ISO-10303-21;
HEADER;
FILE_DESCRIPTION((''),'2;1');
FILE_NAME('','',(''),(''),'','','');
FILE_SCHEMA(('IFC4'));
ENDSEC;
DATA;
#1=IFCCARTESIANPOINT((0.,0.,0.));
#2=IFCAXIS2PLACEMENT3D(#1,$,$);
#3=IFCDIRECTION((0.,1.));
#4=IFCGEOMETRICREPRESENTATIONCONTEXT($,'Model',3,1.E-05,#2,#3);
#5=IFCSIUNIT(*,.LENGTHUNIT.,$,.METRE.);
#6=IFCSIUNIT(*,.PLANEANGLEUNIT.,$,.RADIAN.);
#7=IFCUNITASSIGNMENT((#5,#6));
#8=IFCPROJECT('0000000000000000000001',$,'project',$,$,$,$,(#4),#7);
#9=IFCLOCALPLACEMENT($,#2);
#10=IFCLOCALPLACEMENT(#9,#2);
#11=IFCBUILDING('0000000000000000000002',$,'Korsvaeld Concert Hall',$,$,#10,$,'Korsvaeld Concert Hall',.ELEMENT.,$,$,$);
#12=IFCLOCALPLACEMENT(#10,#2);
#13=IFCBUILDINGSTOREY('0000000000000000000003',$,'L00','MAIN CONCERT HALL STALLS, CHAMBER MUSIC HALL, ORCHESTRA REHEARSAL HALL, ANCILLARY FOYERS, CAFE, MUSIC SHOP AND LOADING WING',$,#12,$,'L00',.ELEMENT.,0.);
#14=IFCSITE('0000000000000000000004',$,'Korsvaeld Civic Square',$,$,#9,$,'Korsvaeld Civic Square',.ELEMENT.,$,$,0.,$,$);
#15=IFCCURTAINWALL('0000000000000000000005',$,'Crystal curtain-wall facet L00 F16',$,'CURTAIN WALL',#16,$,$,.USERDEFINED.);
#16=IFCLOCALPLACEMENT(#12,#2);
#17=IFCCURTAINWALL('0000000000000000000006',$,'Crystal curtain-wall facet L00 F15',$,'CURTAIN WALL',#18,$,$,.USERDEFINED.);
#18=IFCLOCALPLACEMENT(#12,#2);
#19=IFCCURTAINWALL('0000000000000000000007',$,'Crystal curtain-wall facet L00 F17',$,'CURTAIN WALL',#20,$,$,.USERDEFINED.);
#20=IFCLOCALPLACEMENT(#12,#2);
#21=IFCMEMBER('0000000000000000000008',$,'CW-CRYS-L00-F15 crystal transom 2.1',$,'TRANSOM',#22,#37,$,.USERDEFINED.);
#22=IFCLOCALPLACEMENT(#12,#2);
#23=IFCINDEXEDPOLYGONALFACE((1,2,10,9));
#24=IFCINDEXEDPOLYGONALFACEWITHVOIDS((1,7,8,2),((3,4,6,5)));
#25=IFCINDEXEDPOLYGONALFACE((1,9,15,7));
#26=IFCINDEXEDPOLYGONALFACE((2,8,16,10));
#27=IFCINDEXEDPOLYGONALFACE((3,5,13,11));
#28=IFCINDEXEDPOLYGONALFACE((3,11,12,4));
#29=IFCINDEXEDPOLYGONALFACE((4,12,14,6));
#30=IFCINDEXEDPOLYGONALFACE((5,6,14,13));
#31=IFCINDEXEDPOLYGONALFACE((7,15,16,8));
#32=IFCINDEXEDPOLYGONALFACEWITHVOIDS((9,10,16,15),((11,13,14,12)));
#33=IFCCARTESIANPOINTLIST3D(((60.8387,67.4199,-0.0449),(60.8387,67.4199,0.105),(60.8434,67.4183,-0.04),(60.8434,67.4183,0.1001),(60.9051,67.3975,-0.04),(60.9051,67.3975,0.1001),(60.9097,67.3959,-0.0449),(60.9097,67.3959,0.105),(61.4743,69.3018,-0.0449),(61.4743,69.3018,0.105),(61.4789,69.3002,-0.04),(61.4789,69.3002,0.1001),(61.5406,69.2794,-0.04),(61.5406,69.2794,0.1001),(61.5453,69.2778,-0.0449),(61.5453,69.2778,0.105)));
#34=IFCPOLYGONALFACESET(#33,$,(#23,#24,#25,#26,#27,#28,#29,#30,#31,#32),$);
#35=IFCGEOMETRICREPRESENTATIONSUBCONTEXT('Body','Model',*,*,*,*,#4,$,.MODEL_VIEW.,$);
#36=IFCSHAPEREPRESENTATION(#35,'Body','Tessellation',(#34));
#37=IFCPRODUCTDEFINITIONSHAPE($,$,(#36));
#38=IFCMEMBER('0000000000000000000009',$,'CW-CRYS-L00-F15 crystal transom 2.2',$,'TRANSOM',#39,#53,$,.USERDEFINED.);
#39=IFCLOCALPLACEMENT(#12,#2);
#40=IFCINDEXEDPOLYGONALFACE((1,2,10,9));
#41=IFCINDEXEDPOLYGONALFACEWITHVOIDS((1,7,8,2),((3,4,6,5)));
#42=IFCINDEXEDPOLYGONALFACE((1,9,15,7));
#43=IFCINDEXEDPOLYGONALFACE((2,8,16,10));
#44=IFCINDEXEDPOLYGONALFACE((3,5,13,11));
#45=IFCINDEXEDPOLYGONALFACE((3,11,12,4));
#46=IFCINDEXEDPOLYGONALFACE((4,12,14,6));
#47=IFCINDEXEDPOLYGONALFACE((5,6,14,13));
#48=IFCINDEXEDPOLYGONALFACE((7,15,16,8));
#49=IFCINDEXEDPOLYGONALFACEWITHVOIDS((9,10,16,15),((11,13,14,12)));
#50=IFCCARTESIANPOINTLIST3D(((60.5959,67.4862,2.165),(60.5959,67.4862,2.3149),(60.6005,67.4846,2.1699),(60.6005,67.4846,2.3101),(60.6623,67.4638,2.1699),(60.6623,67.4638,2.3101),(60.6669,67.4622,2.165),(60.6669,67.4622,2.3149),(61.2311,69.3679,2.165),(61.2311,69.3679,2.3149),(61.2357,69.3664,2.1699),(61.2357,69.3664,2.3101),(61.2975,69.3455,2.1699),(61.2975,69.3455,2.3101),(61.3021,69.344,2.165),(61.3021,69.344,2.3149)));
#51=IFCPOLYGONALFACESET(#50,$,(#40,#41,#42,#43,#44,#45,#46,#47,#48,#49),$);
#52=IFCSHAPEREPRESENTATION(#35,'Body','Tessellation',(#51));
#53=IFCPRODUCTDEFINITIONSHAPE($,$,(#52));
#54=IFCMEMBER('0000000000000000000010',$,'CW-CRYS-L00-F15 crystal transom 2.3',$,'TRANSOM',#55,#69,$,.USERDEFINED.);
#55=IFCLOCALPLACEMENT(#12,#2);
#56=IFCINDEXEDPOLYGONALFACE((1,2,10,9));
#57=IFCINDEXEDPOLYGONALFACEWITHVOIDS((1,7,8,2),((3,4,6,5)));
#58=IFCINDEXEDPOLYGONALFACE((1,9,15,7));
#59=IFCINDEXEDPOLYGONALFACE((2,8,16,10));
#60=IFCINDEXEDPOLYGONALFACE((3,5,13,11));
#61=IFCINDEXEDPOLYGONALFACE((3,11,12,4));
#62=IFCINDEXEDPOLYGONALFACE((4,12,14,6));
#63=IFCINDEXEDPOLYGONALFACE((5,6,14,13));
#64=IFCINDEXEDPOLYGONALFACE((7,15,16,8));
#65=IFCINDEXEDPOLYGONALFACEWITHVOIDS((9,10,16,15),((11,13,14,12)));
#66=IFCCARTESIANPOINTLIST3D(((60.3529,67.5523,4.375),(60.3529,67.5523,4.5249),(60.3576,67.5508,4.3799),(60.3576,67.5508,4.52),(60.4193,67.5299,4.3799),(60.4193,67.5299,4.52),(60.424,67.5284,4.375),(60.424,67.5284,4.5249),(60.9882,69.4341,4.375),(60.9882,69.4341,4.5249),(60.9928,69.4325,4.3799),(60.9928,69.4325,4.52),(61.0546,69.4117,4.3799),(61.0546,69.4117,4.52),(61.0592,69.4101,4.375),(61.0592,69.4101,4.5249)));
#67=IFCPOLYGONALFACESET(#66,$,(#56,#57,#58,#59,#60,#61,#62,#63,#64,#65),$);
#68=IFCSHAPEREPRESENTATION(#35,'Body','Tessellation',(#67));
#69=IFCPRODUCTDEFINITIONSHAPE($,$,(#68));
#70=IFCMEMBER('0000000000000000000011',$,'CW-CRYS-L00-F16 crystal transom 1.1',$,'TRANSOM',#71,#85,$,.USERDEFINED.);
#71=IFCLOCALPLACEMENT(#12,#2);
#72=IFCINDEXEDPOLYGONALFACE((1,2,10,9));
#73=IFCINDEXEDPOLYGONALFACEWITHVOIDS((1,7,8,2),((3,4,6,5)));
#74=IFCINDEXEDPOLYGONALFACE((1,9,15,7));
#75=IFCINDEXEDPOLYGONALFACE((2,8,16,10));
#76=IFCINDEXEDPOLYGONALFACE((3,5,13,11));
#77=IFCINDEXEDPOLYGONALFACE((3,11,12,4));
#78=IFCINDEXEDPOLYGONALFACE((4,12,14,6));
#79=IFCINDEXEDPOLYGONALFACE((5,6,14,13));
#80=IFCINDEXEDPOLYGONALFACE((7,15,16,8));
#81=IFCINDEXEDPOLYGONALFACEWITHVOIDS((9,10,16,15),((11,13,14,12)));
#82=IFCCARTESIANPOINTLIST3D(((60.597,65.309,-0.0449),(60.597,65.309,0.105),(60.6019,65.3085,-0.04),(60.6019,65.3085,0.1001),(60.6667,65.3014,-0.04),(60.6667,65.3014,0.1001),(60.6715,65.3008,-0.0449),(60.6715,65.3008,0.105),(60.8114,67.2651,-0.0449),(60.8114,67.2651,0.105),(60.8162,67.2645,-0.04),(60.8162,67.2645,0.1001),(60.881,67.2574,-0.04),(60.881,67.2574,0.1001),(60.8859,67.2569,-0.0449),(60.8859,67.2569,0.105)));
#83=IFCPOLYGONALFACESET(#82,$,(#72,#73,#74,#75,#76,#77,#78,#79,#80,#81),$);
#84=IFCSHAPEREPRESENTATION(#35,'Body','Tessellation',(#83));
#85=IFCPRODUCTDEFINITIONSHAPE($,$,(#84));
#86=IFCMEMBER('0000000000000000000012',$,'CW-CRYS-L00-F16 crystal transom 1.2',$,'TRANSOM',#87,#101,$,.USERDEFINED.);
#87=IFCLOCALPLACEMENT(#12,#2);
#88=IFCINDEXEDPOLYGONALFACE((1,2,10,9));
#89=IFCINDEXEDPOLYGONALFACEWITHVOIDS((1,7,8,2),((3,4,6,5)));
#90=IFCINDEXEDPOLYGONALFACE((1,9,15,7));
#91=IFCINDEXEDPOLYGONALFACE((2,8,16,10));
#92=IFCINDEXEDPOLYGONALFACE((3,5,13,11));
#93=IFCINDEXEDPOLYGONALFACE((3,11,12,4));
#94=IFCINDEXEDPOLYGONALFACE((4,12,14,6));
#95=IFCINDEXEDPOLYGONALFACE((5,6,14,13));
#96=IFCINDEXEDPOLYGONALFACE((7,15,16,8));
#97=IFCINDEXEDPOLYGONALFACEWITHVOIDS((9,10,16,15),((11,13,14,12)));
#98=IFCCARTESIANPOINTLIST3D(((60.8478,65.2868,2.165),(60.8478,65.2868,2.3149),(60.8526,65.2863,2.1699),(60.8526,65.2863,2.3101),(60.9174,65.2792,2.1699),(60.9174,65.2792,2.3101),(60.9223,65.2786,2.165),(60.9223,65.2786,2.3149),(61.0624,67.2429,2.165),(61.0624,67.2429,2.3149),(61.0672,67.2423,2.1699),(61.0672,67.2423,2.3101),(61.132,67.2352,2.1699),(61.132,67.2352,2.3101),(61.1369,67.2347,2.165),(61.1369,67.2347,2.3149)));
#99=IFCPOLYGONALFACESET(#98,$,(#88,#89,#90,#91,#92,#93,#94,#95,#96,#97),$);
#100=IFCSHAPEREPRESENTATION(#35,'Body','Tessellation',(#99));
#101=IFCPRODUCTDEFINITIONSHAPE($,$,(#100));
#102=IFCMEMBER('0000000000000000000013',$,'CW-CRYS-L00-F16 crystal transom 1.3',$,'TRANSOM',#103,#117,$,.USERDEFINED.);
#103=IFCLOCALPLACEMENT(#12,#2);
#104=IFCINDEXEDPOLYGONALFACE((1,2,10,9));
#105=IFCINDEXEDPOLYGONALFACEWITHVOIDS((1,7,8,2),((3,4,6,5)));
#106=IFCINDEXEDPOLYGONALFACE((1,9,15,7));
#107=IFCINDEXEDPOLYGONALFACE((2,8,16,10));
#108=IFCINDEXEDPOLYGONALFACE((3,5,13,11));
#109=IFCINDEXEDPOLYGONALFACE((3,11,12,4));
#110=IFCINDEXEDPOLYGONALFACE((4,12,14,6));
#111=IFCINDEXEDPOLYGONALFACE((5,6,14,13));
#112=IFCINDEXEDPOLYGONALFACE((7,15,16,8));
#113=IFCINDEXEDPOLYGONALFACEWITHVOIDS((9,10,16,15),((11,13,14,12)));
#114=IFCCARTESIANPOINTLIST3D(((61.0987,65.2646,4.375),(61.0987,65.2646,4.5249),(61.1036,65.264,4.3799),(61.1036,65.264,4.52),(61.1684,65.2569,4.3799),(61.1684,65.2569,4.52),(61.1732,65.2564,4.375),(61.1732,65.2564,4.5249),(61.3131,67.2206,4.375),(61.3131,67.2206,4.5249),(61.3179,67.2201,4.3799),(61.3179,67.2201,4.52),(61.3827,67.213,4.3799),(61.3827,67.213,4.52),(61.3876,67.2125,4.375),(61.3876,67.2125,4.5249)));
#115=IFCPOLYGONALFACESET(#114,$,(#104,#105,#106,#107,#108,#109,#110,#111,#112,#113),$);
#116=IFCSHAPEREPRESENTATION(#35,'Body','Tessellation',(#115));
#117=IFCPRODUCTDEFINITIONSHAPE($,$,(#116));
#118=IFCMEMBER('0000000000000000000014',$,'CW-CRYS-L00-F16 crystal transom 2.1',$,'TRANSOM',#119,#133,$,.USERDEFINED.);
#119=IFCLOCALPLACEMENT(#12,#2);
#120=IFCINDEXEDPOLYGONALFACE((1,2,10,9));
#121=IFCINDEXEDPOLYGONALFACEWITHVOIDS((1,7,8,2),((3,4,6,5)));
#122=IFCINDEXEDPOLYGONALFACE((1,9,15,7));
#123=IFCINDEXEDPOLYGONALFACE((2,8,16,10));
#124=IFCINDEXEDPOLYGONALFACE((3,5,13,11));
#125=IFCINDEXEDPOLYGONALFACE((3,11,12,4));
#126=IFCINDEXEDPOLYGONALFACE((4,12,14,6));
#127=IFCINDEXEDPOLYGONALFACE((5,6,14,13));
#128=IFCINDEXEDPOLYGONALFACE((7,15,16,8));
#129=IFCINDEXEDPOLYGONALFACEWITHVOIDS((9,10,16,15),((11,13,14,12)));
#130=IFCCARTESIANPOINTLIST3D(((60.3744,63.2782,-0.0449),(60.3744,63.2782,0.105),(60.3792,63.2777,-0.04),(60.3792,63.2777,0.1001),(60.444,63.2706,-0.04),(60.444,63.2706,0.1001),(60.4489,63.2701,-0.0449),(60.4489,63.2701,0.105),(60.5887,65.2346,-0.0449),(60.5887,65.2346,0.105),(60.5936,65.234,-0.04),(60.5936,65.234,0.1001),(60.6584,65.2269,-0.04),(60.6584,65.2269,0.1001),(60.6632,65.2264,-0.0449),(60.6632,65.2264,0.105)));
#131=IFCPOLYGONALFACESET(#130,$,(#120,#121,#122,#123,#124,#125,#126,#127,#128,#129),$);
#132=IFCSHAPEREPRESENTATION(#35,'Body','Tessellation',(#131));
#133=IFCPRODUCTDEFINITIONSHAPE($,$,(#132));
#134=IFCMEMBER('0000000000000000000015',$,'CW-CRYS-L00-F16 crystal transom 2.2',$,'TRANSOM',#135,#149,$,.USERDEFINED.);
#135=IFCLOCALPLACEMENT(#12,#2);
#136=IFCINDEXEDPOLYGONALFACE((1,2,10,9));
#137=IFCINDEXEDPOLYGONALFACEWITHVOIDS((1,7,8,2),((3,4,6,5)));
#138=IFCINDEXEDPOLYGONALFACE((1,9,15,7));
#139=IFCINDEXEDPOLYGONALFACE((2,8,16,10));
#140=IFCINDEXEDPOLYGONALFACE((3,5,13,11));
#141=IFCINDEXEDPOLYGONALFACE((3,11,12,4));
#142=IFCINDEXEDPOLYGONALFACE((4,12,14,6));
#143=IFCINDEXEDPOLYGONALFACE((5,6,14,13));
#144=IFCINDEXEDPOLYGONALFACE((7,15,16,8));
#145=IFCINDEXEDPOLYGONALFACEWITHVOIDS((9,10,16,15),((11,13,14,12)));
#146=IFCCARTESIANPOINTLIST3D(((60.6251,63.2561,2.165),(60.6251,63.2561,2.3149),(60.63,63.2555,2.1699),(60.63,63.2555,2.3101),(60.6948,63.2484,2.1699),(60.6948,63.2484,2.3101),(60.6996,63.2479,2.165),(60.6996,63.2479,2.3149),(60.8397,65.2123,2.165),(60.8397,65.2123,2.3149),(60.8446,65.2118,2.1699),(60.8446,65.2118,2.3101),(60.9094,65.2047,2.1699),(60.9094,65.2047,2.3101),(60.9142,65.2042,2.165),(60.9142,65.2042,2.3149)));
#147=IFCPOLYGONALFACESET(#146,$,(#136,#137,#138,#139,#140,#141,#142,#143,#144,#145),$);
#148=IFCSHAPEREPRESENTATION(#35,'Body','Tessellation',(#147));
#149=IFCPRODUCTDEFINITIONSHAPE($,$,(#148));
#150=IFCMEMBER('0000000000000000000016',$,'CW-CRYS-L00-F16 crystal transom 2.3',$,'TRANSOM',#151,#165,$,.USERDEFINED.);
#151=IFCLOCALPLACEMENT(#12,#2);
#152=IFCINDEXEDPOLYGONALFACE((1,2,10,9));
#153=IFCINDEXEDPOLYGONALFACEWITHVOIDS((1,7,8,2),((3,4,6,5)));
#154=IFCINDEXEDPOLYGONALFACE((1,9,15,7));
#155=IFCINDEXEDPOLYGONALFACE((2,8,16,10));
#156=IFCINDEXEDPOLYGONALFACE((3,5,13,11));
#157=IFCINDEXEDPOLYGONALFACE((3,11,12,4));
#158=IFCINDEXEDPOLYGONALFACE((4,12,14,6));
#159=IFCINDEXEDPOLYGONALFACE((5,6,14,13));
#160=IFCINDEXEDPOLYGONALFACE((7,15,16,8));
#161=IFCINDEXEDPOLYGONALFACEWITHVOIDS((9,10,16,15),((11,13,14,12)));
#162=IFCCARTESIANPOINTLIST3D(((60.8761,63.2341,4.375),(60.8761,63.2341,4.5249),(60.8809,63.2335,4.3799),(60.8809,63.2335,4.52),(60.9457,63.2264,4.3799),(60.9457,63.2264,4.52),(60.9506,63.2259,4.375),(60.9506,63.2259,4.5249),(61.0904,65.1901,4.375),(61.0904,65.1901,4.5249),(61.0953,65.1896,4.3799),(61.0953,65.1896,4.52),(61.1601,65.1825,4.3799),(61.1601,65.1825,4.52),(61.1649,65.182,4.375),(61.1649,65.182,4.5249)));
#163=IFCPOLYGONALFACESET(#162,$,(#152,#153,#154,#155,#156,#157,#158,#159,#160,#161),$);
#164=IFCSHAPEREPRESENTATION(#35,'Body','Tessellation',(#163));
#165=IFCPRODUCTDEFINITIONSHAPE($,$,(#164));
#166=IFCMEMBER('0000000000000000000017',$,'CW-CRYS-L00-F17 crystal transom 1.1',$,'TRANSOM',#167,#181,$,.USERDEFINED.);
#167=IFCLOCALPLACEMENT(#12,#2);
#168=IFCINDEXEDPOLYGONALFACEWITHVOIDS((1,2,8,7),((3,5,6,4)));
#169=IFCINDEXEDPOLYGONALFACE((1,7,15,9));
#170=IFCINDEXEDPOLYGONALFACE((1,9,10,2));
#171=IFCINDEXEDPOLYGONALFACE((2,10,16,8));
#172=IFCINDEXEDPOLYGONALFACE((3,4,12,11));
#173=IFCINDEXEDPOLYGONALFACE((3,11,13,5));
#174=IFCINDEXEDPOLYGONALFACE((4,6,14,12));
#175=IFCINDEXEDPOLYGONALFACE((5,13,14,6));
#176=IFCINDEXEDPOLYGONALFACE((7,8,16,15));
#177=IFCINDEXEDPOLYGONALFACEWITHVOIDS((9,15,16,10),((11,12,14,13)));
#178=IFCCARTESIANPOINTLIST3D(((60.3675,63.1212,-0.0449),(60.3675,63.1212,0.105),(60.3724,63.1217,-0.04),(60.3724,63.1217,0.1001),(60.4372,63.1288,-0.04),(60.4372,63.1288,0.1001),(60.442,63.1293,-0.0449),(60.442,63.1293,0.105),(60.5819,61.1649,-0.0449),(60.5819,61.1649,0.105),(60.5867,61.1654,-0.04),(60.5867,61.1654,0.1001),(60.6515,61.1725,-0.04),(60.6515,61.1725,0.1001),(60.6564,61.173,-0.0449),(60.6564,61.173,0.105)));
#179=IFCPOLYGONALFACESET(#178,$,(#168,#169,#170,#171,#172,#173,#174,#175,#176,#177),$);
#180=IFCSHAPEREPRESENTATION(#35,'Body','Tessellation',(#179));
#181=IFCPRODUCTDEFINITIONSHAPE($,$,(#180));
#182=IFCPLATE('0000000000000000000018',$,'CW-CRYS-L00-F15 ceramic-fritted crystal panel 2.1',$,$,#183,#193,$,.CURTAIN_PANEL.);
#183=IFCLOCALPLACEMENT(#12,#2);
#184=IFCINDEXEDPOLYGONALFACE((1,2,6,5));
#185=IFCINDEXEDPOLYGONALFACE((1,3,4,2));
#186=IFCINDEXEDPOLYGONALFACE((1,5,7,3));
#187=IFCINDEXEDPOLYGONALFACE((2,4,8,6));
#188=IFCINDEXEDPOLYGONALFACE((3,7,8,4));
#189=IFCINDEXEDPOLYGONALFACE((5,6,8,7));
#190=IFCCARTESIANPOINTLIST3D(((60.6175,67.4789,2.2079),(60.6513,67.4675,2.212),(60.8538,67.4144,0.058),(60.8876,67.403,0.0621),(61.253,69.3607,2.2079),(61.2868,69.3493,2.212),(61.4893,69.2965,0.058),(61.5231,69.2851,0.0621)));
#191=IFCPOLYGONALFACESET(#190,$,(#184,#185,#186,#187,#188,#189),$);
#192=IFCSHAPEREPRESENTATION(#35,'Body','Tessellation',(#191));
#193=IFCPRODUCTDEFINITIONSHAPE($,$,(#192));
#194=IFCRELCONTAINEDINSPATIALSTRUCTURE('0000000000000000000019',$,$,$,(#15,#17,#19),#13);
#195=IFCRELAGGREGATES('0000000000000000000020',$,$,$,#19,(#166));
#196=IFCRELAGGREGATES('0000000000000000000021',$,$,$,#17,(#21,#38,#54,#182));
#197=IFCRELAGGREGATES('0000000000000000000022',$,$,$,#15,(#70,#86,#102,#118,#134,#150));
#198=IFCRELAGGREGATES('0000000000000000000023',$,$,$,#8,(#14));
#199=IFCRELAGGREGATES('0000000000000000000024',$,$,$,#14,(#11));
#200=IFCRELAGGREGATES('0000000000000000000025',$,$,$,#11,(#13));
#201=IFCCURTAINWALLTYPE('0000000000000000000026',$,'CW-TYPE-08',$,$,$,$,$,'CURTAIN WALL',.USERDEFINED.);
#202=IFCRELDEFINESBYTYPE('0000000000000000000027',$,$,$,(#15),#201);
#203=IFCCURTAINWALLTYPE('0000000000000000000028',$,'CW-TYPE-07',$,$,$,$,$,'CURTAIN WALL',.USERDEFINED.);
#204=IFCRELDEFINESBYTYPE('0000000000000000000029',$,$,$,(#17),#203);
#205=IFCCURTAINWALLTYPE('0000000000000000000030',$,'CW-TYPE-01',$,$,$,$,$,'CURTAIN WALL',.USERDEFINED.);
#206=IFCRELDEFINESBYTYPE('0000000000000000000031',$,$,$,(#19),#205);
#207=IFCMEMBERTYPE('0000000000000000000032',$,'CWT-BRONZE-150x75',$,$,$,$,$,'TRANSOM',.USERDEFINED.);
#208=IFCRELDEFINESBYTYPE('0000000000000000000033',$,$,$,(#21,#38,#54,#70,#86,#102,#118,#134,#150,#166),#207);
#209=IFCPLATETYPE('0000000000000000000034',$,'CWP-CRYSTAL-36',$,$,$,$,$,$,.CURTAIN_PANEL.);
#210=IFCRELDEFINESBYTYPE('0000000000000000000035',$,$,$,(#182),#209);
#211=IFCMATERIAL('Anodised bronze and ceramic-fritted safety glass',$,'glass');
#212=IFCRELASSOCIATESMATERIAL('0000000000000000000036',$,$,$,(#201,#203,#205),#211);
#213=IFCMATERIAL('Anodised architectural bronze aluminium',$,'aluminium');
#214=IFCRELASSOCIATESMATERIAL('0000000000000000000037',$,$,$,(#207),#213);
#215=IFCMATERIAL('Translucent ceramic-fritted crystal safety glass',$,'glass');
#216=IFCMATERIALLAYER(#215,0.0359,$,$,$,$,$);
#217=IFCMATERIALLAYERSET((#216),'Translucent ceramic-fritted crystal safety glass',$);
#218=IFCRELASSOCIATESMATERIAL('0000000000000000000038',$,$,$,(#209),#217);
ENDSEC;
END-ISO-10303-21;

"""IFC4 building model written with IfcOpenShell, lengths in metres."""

from ifc_helpers import new_model, si_unit, direction, frame, origin, origin_2d, place, context, subcontext, project, spatial, polyline, hollow_rectangle, outline, extrude, material, layer, layer_set, material_profile, profile_set, type_object, element, aggregate, save


model = new_model("IFC4")

# Units and contexts
model_context = context("Model", 3, precision=1e-05, world=origin(), true_north=direction((0.0, 1.0)))
body_context = subcontext(model_context, "Body", "Model", "MODEL_VIEW")
ifc_project = project(units=[si_unit("LENGTHUNIT", "METRE"), si_unit("PLANEANGLEUNIT", "RADIAN")], contexts=[model_context])

# Site, building, storey
site_placement = place(None, origin())
site = spatial("IfcSite", under=ifc_project, at=site_placement, Name="Korsvaeld Civic Square", LongName="Korsvaeld Civic Square", CompositionType="ELEMENT", RefElevation=0.0)
building_placement = place(site_placement, origin())
building = spatial("IfcBuilding", under=site, at=building_placement, Name="Korsvaeld Concert Hall", LongName="Korsvaeld Concert Hall", CompositionType="ELEMENT")
storey_placement = place(building_placement, origin())
storey = spatial("IfcBuildingStorey", under=building, at=storey_placement, Name="L00", Description="MAIN CONCERT HALL STALLS, CHAMBER MUSIC HALL, ORCHESTRA REHEARSAL HALL, ANCILLARY FOYERS, CAFE, MUSIC SHOP AND LOADING WING", LongName="L00", CompositionType="ELEMENT", Elevation=0.0)

# Curtain walls
ifc_material_1 = material(Name="Anodised bronze and ceramic-fritted safety glass", Category="glass")
curtain_wall_type_1 = type_object("IfcCurtainWallType", Name="CW-TYPE-08", ElementType="CURTAIN WALL", PredefinedType="USERDEFINED", material=ifc_material_1)
curtain_wall_1_placement = place(storey_placement, origin())
curtain_wall_1 = element("IfcCurtainWall", 1, at=curtain_wall_1_placement, inside=storey, type_object=curtain_wall_type_1, Name="Crystal curtain-wall facet L00 F16", ObjectType="CURTAIN WALL", PredefinedType="USERDEFINED")
ifc_material_2 = material(Name="Anodised architectural bronze aluminium", Category="aluminium")
curtain_wall_type_2 = type_object("IfcCurtainWallType", Name="CW-TYPE-07", ElementType="CURTAIN WALL", PredefinedType="USERDEFINED", material=ifc_material_1)
curtain_wall_2_placement = place(storey_placement, origin())
curtain_wall_2 = element("IfcCurtainWall", 2, at=curtain_wall_2_placement, inside=storey, type_object=curtain_wall_type_2, Name="Crystal curtain-wall facet L00 F15", ObjectType="CURTAIN WALL", PredefinedType="USERDEFINED")

# Curtain wall
curtain_wall_type_3 = type_object("IfcCurtainWallType", Name="CW-TYPE-01", ElementType="CURTAIN WALL", PredefinedType="USERDEFINED", material=ifc_material_1)
curtain_wall_3_placement = place(storey_placement, origin())
curtain_wall_3 = element("IfcCurtainWall", 3, at=curtain_wall_3_placement, inside=storey, type_object=curtain_wall_type_3, Name="Crystal curtain-wall facet L00 F17", ObjectType="CURTAIN WALL", PredefinedType="USERDEFINED")

# Members
ifc_material_profile_1 = material_profile(ifc_material_2, hollow_rectangle(XDim=0.075, YDim=0.1499, WallThickness=0.0049, at=origin_2d()), Name="CWT 150x75x5")
ifc_profile_set_1 = profile_set([ifc_material_profile_1], Name="Anodised architectural bronze aluminium")
member_type_1 = type_object("IfcMemberType", Name="CWT-BRONZE-150x75", ElementType="TRANSOM", PredefinedType="USERDEFINED", material=ifc_profile_set_1)
member_1_placement = place(storey_placement, frame((61.5098, 69.2898, 0.03), z_axis=(-0.31995, -0.947435, 0.0), x_axis=(0.947435, -0.31995, 0.0)))
member_1 = element("IfcMember", 4, at=member_1_placement, type_object=member_type_1, Name="CW-CRYS-L00-F15 crystal transom 2.1", ObjectType="TRANSOM", PredefinedType="USERDEFINED", context=body_context, shape_type="SweptSolid", body=[
    extrude(hollow_rectangle(XDim=0.075, YDim=0.1499, WallThickness=0.0049, at=origin_2d()), origin(), (0.0, 0.0, 1.0), 1.9863),
])
member_2_placement = place(storey_placement, frame((61.2666, 69.356, 2.24), z_axis=(-0.319839, -0.947472, 0.0), x_axis=(0.947472, -0.319839, 0.0)))
member_2 = element("IfcMember", 5, at=member_2_placement, type_object=member_type_1, Name="CW-CRYS-L00-F15 crystal transom 2.2", ObjectType="TRANSOM", PredefinedType="USERDEFINED", context=body_context, shape_type="SweptSolid", body=[
    extrude(hollow_rectangle(XDim=0.075, YDim=0.1499, WallThickness=0.0049, at=origin_2d()), origin(), (0.0, 0.0, 1.0), 1.9861),
])
member_3_placement = place(storey_placement, frame((61.0237, 69.4221, 4.45), z_axis=(-0.319839, -0.947472, 0.0), x_axis=(0.947472, -0.319839, 0.0)))
member_3 = element("IfcMember", 6, at=member_3_placement, type_object=member_type_1, Name="CW-CRYS-L00-F15 crystal transom 2.3", ObjectType="TRANSOM", PredefinedType="USERDEFINED", context=body_context, shape_type="SweptSolid", body=[
    extrude(hollow_rectangle(XDim=0.075, YDim=0.1499, WallThickness=0.0049, at=origin_2d()), origin(), (0.0, 0.0, 1.0), 1.9861),
])
member_4_placement = place(storey_placement, frame((60.8486, 67.261, 0.03), z_axis=(-0.108933, -0.994049, 0.0), x_axis=(0.994049, -0.108933, 0.0)))
member_4 = element("IfcMember", 7, at=member_4_placement, type_object=member_type_1, Name="CW-CRYS-L00-F16 crystal transom 1.1", ObjectType="TRANSOM", PredefinedType="USERDEFINED", context=body_context, shape_type="SweptSolid", body=[
    extrude(hollow_rectangle(XDim=0.075, YDim=0.1499, WallThickness=0.0049, at=origin_2d()), origin(), (0.0, 0.0, 1.0), 1.9678),
])
member_5_placement = place(storey_placement, frame((61.0996, 67.2388, 2.24), z_axis=(-0.109056, -0.994036, 0.0), x_axis=(0.994036, -0.109056, 0.0)))
member_5 = element("IfcMember", 8, at=member_5_placement, type_object=member_type_1, Name="CW-CRYS-L00-F16 crystal transom 1.2", ObjectType="TRANSOM", PredefinedType="USERDEFINED", context=body_context, shape_type="SweptSolid", body=[
    extrude(hollow_rectangle(XDim=0.075, YDim=0.1499, WallThickness=0.0049, at=origin_2d()), origin(), (0.0, 0.0, 1.0), 1.9678),
])
member_6_placement = place(storey_placement, frame((61.3503, 67.2166, 4.45), z_axis=(-0.108933, -0.994049, 0.0), x_axis=(0.994049, -0.108933, 0.0)))
member_6 = element("IfcMember", 9, at=member_6_placement, type_object=member_type_1, Name="CW-CRYS-L00-F16 crystal transom 1.3", ObjectType="TRANSOM", PredefinedType="USERDEFINED", context=body_context, shape_type="SweptSolid", body=[
    extrude(hollow_rectangle(XDim=0.075, YDim=0.1499, WallThickness=0.0049, at=origin_2d()), origin(), (0.0, 0.0, 1.0), 1.9678),
])
member_7_placement = place(storey_placement, frame((60.626, 65.2305, 0.03), z_axis=(-0.10892, -0.994051, 0.0), x_axis=(0.994051, -0.10892, 0.0)))
member_7 = element("IfcMember", 10, at=member_7_placement, type_object=member_type_1, Name="CW-CRYS-L00-F16 crystal transom 2.1", ObjectType="TRANSOM", PredefinedType="USERDEFINED", context=body_context, shape_type="SweptSolid", body=[
    extrude(hollow_rectangle(XDim=0.075, YDim=0.1499, WallThickness=0.0049, at=origin_2d()), origin(), (0.0, 0.0, 1.0), 1.968),
])
member_8_placement = place(storey_placement, frame((60.877, 65.2083, 2.24), z_axis=(-0.109043, -0.994037, 0.0), x_axis=(0.994037, -0.109043, 0.0)))
member_8 = element("IfcMember", 11, at=member_8_placement, type_object=member_type_1, Name="CW-CRYS-L00-F16 crystal transom 2.2", ObjectType="TRANSOM", PredefinedType="USERDEFINED", context=body_context, shape_type="SweptSolid", body=[
    extrude(hollow_rectangle(XDim=0.075, YDim=0.1499, WallThickness=0.0049, at=origin_2d()), origin(), (0.0, 0.0, 1.0), 1.968),
])
member_9_placement = place(storey_placement, frame((61.1277, 65.186, 4.45), z_axis=(-0.108933, -0.994049, 0.0), x_axis=(0.994049, -0.108933, 0.0)))
member_9 = element("IfcMember", 12, at=member_9_placement, type_object=member_type_1, Name="CW-CRYS-L00-F16 crystal transom 2.3", ObjectType="TRANSOM", PredefinedType="USERDEFINED", context=body_context, shape_type="SweptSolid", body=[
    extrude(hollow_rectangle(XDim=0.075, YDim=0.1499, WallThickness=0.0049, at=origin_2d()), origin(), (0.0, 0.0, 1.0), 1.9678),
])
member_10_placement = place(storey_placement, frame((60.4048, 63.1252, 0.03), z_axis=(0.10892, -0.994051, 0.0), x_axis=(0.994051, 0.10892, 0.0)))
member_10 = element("IfcMember", 13, at=member_10_placement, type_object=member_type_1, Name="CW-CRYS-L00-F17 crystal transom 1.1", ObjectType="TRANSOM", PredefinedType="USERDEFINED", context=body_context, shape_type="SweptSolid", body=[
    extrude(hollow_rectangle(XDim=0.075, YDim=0.1499, WallThickness=0.0049, at=origin_2d()), origin(), (0.0, 0.0, 1.0), 1.968),
])
aggregate(curtain_wall_3, [member_10])

# Plate
ifc_material_3 = material(Name="Translucent ceramic-fritted crystal safety glass", Category="glass")
ifc_layer_1 = layer(ifc_material_3, 0.0359)
ifc_layer_set_1 = layer_set([ifc_layer_1], Name="Translucent ceramic-fritted crystal safety glass")
plate_type = type_object("IfcPlateType", Name="CWP-CRYSTAL-36", PredefinedType="CURTAIN_PANEL", material=ifc_layer_set_1)
plate_1_placement = place(storey_placement, frame((61.5063, 69.2908, 0.0601), z_axis=(-0.941373, 0.317882, -0.112992), x_axis=(-0.319931, -0.947441, -0.000002)))
plate_1 = element("IfcPlate", 14, at=plate_1_placement, type_object=plate_type, Name="CW-CRYS-L00-F15 ceramic-fritted crystal panel 2.1", PredefinedType="CURTAIN_PANEL", context=body_context, shape_type="SweptSolid", body=[
    extrude(outline(polyline([(0.0, 0.0), (1.9865, 0.0), (2.001, 2.1638), (0.0148, 2.1638), (0.0, 0.0)])), frame((0.0, 0.0, 0.0181)), (0.0, 0.0, -1.0), 0.0359),
])
aggregate(curtain_wall_2, [member_1, member_2, member_3, plate_1])
aggregate(curtain_wall_1, [member_4, member_5, member_6, member_7, member_8, member_9])

save(model, "model.ifc")
